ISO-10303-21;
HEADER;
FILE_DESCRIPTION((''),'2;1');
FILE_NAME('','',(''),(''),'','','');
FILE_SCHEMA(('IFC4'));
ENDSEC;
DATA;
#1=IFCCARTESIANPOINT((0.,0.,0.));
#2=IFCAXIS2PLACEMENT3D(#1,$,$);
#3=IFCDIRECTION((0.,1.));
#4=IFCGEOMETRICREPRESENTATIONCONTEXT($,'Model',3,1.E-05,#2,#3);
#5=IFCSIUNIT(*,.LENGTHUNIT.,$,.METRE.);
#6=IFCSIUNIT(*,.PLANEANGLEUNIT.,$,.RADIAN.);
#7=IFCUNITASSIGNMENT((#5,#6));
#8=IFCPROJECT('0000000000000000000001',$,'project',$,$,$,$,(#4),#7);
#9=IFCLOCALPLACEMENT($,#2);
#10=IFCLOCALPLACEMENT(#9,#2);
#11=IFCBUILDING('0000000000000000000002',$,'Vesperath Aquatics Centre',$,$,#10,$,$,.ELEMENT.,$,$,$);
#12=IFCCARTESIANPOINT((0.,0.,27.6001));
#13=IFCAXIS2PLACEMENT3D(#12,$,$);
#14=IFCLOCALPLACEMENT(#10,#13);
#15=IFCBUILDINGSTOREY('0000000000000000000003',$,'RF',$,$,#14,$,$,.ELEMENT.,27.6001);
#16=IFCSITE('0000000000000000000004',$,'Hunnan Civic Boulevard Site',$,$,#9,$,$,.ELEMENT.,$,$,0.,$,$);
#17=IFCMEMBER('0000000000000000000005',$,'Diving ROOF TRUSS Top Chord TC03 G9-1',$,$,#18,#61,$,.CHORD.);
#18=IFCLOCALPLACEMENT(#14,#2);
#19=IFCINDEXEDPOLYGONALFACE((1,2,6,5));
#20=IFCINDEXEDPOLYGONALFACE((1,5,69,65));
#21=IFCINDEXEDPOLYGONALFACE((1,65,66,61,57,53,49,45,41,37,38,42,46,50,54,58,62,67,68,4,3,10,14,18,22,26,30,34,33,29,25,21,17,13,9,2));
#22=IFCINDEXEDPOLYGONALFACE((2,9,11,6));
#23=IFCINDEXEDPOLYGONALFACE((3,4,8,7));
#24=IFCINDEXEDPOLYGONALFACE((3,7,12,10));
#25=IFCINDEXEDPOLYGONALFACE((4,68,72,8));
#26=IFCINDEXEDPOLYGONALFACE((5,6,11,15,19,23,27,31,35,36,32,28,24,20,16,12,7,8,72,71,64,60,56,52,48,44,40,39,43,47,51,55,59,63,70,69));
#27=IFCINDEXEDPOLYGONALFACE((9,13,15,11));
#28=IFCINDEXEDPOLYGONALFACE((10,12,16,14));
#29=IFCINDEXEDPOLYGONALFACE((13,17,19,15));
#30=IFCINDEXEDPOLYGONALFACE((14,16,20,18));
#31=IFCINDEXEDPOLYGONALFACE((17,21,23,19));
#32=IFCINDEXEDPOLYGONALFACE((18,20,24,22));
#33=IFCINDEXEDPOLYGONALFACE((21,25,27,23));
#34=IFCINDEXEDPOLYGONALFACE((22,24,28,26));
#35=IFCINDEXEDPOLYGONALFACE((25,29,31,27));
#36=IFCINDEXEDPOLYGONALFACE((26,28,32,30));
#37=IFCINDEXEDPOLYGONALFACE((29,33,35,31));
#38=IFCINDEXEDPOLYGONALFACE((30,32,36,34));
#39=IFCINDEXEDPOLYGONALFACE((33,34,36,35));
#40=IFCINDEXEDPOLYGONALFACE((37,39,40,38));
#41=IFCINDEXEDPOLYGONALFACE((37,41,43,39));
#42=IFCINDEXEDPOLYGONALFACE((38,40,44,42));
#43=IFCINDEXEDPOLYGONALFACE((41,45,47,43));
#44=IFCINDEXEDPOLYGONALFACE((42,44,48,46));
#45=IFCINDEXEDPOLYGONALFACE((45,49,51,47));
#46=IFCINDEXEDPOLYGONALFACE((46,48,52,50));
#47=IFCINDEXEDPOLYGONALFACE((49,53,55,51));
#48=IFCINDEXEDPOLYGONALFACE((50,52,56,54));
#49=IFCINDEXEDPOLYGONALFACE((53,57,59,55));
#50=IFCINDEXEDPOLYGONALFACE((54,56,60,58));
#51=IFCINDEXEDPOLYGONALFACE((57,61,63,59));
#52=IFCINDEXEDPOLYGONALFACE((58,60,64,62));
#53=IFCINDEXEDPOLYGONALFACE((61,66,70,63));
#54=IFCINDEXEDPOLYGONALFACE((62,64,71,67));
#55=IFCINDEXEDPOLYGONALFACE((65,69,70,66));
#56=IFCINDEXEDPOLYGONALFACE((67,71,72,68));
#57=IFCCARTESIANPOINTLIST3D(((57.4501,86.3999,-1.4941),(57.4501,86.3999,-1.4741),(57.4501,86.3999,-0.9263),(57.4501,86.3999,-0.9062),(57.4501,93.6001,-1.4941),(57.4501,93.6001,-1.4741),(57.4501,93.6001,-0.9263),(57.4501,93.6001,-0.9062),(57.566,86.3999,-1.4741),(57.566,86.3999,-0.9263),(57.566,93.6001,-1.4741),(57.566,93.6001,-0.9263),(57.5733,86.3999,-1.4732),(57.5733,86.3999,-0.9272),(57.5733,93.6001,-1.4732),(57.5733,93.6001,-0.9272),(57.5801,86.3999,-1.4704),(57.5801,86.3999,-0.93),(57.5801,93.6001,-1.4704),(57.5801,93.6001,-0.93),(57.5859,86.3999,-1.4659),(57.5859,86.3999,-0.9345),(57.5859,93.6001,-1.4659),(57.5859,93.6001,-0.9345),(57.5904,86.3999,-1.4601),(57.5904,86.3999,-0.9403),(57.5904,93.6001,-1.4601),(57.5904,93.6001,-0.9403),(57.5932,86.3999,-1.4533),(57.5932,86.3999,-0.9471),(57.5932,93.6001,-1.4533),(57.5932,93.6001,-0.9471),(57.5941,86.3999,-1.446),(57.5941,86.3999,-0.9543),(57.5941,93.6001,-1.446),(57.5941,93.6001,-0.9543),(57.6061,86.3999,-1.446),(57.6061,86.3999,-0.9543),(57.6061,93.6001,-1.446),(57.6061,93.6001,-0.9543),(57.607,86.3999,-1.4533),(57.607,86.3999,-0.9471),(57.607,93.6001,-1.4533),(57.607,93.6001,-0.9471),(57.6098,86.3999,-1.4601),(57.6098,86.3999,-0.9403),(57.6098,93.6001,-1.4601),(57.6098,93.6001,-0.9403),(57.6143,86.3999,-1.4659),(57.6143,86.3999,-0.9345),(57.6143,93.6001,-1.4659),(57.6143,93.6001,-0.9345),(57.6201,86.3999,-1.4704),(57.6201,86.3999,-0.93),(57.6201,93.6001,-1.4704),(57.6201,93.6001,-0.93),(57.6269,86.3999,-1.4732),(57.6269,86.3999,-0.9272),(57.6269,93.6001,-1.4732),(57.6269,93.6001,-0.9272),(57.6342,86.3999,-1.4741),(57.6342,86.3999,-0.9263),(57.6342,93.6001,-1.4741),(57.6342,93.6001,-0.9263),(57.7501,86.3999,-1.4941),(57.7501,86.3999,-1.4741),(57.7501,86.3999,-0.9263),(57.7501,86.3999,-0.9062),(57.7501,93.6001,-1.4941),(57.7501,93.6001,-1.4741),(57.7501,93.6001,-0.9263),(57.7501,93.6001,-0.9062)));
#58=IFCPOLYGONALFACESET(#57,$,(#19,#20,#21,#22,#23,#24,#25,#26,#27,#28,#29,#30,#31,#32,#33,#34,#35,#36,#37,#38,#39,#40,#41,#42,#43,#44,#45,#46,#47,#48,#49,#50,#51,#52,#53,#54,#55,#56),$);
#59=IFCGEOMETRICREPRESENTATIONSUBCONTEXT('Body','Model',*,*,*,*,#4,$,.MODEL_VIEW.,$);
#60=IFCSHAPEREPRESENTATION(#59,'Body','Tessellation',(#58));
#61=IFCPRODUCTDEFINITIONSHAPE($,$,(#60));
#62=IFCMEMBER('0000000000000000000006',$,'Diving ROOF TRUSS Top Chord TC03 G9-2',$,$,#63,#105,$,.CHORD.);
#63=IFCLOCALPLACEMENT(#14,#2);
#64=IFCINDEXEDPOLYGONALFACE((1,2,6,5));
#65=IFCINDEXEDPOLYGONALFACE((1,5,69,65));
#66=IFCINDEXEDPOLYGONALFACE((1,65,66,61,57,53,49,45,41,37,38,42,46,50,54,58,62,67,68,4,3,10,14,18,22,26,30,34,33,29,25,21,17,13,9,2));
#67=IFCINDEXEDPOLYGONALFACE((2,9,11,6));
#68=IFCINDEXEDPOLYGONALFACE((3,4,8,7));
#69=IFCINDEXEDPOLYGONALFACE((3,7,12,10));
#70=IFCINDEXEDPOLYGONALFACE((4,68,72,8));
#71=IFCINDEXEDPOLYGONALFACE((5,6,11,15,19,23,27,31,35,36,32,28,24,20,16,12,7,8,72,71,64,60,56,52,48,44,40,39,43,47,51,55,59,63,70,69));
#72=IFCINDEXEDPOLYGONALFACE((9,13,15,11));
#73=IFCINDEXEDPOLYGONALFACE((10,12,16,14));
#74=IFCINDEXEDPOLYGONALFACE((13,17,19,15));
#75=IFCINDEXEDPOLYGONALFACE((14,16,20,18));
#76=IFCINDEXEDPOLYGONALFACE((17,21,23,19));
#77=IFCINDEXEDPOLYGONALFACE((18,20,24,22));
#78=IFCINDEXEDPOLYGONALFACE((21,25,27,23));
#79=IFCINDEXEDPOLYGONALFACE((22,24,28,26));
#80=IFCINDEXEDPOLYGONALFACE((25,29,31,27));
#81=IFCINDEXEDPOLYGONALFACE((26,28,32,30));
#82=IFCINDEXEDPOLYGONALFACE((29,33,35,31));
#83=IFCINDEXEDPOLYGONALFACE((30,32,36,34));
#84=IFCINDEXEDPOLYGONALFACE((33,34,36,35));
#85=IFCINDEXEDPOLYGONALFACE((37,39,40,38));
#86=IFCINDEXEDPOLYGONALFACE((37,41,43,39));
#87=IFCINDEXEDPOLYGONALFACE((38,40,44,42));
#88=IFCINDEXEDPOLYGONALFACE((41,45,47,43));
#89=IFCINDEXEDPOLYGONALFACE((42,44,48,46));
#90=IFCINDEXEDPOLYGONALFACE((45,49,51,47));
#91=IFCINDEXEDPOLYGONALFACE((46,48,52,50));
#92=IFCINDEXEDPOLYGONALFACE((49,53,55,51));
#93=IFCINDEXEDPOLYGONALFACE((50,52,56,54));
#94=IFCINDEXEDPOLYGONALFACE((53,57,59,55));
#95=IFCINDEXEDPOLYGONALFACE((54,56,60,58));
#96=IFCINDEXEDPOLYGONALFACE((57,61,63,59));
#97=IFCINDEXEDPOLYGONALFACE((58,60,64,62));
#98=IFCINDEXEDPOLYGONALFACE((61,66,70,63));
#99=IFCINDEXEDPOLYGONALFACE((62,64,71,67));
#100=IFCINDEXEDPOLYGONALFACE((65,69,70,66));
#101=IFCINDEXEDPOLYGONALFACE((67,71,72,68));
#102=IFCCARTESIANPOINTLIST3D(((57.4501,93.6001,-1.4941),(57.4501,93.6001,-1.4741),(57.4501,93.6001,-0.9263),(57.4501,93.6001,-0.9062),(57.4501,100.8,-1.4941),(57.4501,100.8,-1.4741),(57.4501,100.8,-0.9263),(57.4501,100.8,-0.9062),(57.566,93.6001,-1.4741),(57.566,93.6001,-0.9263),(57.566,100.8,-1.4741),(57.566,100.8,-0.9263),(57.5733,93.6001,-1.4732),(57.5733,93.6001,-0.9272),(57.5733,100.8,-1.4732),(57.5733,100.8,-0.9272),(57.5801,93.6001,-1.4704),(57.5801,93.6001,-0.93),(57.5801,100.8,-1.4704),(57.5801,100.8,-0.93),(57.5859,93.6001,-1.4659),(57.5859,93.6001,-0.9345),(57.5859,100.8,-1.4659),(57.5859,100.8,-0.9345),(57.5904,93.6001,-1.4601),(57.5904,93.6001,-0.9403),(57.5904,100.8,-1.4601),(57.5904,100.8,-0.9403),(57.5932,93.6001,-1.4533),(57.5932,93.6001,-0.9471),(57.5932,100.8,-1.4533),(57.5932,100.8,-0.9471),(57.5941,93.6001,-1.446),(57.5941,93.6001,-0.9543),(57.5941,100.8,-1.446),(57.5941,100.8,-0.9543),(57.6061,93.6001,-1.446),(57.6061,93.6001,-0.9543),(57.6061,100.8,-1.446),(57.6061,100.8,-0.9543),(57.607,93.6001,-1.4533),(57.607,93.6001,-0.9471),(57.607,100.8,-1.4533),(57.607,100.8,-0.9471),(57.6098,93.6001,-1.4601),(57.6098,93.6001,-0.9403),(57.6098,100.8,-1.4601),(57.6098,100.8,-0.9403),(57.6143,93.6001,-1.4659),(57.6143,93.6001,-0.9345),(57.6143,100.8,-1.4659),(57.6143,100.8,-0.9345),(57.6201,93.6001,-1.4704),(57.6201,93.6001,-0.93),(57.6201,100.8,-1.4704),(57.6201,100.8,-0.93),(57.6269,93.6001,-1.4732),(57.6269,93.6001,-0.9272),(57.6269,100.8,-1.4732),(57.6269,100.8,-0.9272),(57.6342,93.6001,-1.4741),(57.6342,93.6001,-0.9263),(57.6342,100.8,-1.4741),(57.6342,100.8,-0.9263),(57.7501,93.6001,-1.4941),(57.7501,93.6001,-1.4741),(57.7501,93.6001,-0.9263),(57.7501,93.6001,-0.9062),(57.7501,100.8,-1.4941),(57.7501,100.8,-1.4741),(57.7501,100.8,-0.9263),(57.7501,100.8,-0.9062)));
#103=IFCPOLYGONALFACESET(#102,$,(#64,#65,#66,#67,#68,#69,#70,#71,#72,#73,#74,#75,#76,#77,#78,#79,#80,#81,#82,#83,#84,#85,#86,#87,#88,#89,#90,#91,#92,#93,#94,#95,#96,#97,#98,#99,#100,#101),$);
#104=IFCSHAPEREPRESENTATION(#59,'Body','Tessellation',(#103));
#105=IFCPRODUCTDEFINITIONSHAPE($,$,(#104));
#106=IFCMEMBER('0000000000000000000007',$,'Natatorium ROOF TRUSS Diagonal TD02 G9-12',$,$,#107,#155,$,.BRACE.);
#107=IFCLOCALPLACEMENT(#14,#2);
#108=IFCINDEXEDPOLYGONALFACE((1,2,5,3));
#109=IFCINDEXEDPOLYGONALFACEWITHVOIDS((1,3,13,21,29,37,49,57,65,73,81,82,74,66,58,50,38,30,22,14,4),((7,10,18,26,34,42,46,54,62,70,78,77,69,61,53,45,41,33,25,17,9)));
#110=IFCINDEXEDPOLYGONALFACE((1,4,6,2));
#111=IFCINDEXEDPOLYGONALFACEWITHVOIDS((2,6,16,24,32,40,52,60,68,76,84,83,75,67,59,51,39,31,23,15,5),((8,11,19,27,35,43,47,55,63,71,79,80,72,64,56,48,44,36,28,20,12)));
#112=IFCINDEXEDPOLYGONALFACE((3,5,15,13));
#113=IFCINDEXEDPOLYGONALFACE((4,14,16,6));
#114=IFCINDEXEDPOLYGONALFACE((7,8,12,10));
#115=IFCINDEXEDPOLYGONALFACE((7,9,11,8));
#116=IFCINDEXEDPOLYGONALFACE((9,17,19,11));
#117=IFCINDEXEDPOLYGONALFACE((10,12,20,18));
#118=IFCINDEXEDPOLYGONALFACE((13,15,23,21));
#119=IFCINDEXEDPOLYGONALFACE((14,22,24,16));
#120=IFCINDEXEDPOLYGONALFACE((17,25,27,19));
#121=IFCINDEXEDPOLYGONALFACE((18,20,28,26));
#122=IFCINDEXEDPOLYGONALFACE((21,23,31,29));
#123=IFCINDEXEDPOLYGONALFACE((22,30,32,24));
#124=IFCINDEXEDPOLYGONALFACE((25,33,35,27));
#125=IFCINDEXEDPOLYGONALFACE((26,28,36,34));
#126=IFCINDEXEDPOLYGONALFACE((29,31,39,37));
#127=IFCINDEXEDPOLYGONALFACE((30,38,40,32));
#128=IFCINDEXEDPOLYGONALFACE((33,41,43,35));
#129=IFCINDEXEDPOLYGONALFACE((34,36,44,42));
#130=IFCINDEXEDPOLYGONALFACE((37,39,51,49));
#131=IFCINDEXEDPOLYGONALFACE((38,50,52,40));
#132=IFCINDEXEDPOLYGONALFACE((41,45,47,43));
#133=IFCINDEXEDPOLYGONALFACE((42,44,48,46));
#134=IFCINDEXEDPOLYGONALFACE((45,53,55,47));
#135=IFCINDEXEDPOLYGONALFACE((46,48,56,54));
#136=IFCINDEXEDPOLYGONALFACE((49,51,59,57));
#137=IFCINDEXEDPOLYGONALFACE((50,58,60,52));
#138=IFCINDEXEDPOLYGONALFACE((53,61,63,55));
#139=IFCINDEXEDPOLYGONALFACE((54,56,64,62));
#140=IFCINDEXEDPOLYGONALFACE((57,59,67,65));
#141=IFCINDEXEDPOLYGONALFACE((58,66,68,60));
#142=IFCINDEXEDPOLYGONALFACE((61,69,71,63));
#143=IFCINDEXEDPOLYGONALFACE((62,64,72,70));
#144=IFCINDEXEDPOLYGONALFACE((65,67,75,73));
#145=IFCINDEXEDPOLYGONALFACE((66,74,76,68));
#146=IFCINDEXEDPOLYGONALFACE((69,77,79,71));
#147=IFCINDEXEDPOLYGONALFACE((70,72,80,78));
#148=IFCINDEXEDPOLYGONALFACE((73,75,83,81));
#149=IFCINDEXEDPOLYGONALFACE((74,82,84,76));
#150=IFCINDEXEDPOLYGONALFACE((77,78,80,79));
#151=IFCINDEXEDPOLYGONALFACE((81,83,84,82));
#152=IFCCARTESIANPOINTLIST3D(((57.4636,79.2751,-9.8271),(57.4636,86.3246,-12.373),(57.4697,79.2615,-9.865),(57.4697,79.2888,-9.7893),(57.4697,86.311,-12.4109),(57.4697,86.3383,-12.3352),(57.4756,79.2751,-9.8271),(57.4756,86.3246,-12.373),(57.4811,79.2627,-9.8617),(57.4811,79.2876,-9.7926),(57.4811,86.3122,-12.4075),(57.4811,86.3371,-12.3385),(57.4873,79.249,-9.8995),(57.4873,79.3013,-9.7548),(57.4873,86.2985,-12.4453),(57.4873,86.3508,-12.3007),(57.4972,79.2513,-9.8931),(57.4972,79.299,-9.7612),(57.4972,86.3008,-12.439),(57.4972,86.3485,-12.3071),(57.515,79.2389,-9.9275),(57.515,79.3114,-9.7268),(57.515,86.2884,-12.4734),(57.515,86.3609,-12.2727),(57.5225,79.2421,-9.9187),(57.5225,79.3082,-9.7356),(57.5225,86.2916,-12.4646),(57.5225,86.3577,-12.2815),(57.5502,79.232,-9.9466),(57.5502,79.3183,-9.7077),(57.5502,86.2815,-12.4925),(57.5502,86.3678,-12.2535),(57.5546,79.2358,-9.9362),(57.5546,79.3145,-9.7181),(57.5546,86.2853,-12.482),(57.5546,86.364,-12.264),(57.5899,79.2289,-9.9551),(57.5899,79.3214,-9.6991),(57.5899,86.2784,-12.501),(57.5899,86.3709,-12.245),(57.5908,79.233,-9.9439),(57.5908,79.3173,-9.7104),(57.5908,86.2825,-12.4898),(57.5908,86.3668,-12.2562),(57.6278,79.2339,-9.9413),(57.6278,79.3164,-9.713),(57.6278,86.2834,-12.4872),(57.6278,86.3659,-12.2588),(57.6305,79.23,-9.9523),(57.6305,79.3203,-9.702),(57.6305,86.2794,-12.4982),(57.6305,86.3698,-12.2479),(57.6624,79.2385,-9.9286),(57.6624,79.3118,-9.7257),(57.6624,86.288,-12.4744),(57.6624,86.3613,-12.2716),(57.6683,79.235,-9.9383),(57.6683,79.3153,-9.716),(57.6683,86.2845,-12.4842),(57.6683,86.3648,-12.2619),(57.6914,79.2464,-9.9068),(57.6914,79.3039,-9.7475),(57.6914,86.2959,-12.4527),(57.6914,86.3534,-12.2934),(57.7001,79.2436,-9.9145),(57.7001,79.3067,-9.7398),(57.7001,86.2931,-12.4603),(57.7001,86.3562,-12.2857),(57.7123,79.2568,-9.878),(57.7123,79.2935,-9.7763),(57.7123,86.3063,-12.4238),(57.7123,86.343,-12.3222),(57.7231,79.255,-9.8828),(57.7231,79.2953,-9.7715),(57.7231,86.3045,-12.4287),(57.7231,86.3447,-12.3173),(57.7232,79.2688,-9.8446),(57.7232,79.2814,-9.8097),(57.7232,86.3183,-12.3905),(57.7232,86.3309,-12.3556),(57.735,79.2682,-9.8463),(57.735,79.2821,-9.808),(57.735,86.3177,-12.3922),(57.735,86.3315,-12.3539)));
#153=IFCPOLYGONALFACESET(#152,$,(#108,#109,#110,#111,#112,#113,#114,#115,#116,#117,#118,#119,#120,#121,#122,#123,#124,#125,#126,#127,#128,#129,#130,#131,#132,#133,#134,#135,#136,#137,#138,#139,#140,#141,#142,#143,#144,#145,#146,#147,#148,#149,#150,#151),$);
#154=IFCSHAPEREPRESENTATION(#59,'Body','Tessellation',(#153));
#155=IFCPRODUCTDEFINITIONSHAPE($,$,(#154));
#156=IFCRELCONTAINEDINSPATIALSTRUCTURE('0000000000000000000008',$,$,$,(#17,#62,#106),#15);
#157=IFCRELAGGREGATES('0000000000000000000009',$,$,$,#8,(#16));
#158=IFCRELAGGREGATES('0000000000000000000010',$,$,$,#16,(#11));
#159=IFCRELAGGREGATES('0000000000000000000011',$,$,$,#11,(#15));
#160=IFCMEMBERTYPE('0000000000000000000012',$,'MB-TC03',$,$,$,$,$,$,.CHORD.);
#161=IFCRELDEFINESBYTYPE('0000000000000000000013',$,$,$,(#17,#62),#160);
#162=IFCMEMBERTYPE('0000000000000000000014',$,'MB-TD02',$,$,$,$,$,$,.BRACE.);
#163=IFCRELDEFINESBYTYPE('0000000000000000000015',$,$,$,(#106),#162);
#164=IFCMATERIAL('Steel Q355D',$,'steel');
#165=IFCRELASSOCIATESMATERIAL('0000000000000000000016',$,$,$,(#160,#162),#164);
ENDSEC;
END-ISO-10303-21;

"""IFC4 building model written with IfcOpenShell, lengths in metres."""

from ifc_helpers import new_model, si_unit, direction, frame, origin, origin_2d, place, context, subcontext, project, spatial, hollow_circle, i_section, extrude, material, material_profile, profile_set, type_object, element, save


model = new_model("IFC4")

# Units and contexts
model_context = context("Model", 3, precision=1e-05, world=origin(), true_north=direction((0.0, 1.0)))
body_context = subcontext(model_context, "Body", "Model", "MODEL_VIEW")
ifc_project = project(units=[si_unit("LENGTHUNIT", "METRE"), si_unit("PLANEANGLEUNIT", "RADIAN")], contexts=[model_context])

# Site, building, storey
site_placement = place(None, origin())
site = spatial("IfcSite", under=ifc_project, at=site_placement, Name="Hunnan Civic Boulevard Site", CompositionType="ELEMENT", RefElevation=0.0)
building_placement = place(site_placement, origin())
building = spatial("IfcBuilding", under=site, at=building_placement, Name="Vesperath Aquatics Centre", CompositionType="ELEMENT")
storey_placement = place(building_placement, frame((0.0, 0.0, 27.6001)))
storey = spatial("IfcBuildingStorey", under=building, at=storey_placement, Name="RF", CompositionType="ELEMENT", Elevation=27.6001)

# Members
ifc_material_1 = material(Name="Steel Q355D", Category="steel")
ifc_material_profile_1 = material_profile(ifc_material_1, i_section(OverallWidth=0.3, OverallDepth=0.5879, WebThickness=0.012, FlangeThickness=0.02, FilletRadius=0.0281, at=origin_2d()), Name="HM 588x300x12x20")
ifc_profile_set_1 = profile_set([ifc_material_profile_1], Name="Steel Q355D")
member_type_1 = type_object("IfcMemberType", Name="MB-TC03", PredefinedType="CHORD", material=ifc_profile_set_1)
member_1_placement = place(storey_placement, frame((57.6001, 86.3999, -1.2002), z_axis=(0.0, 1.0, 0.0), x_axis=(-1.0, 0.0, 0.0)))
element("IfcMember", 1, at=member_1_placement, inside=storey, type_object=member_type_1, Name="Diving ROOF TRUSS Top Chord TC03 G9-1", PredefinedType="CHORD", context=body_context, shape_type="SweptSolid", body=[
    extrude(i_section(OverallWidth=0.3, OverallDepth=0.5879, WebThickness=0.012, FlangeThickness=0.02, FilletRadius=0.0281, at=origin_2d()), origin(), (0.0, 0.0, 1.0), 7.2002),
])
member_2_placement = place(storey_placement, frame((57.6001, 93.6001, -1.2002), z_axis=(0.0, 1.0, 0.0), x_axis=(-1.0, 0.0, 0.0)))
element("IfcMember", 2, at=member_2_placement, inside=storey, type_object=member_type_1, Name="Diving ROOF TRUSS Top Chord TC03 G9-2", PredefinedType="CHORD", context=body_context, shape_type="SweptSolid", body=[
    extrude(i_section(OverallWidth=0.3, OverallDepth=0.5879, WebThickness=0.012, FlangeThickness=0.02, FilletRadius=0.0281, at=origin_2d()), origin(), (0.0, 0.0, 1.0), 7.2),
])
ifc_material_profile_2 = material_profile(ifc_material_1, hollow_circle(Radius=0.1365, WallThickness=0.012, at=origin_2d()), Name="CHS 273.0x12")
ifc_profile_set_2 = profile_set([ifc_material_profile_2], Name="Steel Q355D")
member_type_2 = type_object("IfcMemberType", Name="MB-TD02", PredefinedType="BRACE", material=ifc_profile_set_2)
member_3_placement = place(storey_placement, frame((57.6001, 79.2751, -9.8271), z_axis=(0.0, 0.940544, -0.339671), x_axis=(-1.0, 0.0, 0.0)))
element("IfcMember", 3, at=member_3_placement, inside=storey, type_object=member_type_2, Name="Natatorium ROOF TRUSS Diagonal TD02 G9-12", PredefinedType="BRACE", context=body_context, shape_type="SweptSolid", body=[
    extrude(hollow_circle(Radius=0.1365, WallThickness=0.012, at=origin_2d()), origin(), (0.0, 0.0, 1.0), 7.4951),
])

save(model, "model.ifc")
